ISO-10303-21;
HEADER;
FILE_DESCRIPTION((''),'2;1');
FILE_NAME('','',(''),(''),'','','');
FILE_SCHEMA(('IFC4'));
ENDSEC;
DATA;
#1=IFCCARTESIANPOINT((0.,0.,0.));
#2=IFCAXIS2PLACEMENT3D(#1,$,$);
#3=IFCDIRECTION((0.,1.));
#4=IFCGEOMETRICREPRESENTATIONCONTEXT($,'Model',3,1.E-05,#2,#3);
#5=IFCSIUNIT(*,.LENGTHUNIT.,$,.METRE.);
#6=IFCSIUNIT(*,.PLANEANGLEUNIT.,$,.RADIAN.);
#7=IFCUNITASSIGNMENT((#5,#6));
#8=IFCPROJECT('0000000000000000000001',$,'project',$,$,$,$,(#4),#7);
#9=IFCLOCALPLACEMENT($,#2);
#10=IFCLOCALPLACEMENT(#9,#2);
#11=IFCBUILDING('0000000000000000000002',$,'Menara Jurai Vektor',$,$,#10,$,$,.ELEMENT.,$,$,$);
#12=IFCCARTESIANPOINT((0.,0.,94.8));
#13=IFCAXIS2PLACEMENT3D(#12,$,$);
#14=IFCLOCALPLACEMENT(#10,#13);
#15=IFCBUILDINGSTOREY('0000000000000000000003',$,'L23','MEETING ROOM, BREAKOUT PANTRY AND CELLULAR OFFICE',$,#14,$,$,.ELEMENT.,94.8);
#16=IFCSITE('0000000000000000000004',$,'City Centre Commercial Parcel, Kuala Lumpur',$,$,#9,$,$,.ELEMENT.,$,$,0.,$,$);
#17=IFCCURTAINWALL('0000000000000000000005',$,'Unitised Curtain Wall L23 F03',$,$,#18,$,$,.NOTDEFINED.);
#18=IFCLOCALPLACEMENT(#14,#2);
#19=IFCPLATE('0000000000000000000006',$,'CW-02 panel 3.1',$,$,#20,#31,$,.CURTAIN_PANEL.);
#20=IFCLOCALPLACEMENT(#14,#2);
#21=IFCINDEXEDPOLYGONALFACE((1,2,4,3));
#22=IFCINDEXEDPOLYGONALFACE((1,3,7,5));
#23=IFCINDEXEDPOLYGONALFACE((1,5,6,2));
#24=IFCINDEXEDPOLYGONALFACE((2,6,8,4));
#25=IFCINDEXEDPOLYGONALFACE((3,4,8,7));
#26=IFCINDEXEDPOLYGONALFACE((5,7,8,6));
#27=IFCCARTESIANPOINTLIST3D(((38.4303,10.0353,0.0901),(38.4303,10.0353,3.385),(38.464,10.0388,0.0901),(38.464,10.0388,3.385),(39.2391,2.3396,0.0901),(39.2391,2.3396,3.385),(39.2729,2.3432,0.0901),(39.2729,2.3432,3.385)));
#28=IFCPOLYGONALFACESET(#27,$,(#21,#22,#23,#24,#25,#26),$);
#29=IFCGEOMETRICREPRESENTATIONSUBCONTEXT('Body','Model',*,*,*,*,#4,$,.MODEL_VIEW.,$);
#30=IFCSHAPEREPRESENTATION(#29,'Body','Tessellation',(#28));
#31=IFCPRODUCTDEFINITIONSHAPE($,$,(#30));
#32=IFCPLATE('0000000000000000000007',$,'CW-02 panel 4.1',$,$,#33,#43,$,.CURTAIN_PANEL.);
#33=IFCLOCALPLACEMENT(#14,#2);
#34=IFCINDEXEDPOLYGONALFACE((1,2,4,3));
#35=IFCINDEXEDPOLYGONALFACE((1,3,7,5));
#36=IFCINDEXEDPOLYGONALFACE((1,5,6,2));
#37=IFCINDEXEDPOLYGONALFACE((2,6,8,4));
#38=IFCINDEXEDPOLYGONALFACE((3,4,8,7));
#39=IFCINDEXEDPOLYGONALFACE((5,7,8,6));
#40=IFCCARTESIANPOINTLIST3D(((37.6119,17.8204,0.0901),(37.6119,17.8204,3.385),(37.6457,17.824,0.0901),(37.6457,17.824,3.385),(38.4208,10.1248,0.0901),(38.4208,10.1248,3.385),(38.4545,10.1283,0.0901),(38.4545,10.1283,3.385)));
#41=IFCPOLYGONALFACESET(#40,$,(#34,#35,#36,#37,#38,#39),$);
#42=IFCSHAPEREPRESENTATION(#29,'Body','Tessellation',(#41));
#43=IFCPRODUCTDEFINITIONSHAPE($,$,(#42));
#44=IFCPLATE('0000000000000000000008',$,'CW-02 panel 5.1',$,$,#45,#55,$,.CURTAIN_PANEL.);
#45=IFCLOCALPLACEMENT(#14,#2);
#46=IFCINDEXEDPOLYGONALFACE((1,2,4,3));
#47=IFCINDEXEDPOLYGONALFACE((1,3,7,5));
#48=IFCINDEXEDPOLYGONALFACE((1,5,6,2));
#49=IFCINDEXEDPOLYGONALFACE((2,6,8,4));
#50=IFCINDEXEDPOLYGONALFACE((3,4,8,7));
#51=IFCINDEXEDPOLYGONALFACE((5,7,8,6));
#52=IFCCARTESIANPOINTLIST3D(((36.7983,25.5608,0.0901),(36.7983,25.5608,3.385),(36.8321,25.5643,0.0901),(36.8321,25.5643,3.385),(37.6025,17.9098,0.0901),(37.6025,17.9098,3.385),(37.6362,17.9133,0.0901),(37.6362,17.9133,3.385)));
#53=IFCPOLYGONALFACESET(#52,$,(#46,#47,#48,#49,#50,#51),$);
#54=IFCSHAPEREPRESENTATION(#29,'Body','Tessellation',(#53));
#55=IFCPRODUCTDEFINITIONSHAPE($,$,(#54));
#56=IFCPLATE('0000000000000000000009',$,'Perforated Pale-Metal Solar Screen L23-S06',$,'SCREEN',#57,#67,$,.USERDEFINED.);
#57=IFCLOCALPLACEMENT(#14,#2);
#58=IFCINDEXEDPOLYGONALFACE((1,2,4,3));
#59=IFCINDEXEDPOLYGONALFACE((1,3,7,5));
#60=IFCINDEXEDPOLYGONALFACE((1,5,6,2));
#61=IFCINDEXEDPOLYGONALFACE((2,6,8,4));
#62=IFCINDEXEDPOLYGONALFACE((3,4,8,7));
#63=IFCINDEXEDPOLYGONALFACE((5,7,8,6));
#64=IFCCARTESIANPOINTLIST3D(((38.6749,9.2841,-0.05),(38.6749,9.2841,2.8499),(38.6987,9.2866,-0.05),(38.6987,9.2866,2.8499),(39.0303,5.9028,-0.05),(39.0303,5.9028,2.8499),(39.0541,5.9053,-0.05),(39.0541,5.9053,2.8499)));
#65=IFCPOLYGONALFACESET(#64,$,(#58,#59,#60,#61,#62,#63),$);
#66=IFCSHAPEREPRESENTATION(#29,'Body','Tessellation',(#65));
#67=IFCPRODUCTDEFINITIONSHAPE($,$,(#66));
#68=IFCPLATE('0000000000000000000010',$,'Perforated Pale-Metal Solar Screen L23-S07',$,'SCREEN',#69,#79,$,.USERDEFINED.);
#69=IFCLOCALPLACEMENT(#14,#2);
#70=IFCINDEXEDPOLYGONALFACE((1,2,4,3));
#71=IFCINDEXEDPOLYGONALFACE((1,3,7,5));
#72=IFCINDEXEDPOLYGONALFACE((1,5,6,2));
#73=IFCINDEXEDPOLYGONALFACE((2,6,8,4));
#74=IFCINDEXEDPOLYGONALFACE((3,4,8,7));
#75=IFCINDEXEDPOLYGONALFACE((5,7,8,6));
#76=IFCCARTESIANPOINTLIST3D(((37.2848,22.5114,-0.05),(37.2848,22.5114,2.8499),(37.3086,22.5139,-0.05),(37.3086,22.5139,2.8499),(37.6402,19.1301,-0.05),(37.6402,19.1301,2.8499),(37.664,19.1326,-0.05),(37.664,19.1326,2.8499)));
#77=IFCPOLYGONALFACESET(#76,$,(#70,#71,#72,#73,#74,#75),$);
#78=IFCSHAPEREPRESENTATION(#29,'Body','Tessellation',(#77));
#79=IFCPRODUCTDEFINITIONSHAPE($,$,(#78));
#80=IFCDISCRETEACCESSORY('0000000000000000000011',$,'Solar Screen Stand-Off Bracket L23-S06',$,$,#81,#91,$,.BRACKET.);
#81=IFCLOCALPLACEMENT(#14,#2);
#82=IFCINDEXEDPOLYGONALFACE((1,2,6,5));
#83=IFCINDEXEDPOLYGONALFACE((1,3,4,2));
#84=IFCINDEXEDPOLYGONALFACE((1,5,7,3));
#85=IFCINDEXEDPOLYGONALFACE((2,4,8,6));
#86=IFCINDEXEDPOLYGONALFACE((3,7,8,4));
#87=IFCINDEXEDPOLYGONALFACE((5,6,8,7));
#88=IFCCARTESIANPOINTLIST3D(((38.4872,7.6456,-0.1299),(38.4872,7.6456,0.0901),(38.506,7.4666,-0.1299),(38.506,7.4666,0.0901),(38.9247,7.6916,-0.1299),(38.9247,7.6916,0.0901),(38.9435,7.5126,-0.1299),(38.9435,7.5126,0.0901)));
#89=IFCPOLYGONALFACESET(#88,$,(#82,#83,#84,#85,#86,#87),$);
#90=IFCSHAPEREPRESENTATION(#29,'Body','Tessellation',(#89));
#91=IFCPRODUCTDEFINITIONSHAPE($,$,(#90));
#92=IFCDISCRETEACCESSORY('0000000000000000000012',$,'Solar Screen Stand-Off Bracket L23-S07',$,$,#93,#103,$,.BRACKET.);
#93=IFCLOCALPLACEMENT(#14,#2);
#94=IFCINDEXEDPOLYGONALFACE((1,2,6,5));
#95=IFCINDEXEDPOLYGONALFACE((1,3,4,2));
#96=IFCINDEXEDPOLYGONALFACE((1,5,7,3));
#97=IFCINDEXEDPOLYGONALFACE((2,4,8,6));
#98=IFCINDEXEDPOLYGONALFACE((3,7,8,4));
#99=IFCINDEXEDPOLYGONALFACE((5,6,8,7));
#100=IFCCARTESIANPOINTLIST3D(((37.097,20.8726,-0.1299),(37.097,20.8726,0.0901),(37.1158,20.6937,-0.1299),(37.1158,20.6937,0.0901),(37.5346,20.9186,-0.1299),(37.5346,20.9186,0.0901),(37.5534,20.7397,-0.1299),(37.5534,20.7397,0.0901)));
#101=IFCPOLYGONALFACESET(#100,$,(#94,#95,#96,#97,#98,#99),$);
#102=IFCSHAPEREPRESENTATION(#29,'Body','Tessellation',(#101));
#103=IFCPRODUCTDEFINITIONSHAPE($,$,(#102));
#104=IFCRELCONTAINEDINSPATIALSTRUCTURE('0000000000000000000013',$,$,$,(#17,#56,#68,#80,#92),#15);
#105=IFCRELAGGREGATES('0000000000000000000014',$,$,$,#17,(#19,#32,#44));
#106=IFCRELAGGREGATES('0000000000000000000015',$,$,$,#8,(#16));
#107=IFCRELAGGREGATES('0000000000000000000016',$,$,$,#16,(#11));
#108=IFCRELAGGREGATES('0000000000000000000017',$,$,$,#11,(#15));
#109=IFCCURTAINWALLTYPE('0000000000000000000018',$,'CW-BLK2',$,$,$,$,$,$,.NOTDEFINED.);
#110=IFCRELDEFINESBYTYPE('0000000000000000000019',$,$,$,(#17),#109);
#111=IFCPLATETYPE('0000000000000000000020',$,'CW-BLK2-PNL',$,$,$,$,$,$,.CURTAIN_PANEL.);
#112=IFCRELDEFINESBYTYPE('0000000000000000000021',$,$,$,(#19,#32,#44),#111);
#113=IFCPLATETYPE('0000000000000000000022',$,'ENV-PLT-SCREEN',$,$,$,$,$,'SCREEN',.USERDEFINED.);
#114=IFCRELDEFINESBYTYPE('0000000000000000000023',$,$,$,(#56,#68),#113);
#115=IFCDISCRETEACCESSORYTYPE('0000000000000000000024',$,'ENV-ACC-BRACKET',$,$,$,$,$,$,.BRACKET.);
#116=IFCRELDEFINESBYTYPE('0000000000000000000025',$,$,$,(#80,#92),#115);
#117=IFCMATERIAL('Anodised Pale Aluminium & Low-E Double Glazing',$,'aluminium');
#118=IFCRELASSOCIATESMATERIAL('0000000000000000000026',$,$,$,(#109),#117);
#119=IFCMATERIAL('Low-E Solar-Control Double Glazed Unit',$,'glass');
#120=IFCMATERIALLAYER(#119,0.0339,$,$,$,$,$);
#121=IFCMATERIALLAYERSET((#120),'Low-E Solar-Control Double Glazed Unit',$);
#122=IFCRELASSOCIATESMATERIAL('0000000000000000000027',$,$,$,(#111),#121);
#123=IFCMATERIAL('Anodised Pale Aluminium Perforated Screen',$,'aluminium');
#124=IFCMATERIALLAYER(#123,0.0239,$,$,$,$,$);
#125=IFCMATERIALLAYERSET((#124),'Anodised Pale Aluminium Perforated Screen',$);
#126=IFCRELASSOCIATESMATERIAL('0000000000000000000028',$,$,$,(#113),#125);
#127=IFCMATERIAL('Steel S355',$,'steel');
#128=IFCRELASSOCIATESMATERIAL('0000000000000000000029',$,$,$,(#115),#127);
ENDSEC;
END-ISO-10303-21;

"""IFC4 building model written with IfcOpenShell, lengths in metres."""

from ifc_helpers import new_model, si_unit, direction, frame, origin, origin_2d, place, context, subcontext, project, spatial, rectangle, extrude, material, layer, layer_set, type_object, element, aggregate, save


model = new_model("IFC4")

# Units and contexts
model_context = context("Model", 3, precision=1e-05, world=origin(), true_north=direction((0.0, 1.0)))
body_context = subcontext(model_context, "Body", "Model", "MODEL_VIEW")
ifc_project = project(units=[si_unit("LENGTHUNIT", "METRE"), si_unit("PLANEANGLEUNIT", "RADIAN")], contexts=[model_context])

# Site, building, storey
site_placement = place(None, origin())
site = spatial("IfcSite", under=ifc_project, at=site_placement, Name="City Centre Commercial Parcel, Kuala Lumpur", CompositionType="ELEMENT", RefElevation=0.0)
building_placement = place(site_placement, origin())
building = spatial("IfcBuilding", under=site, at=building_placement, Name="Menara Jurai Vektor", CompositionType="ELEMENT")
storey_placement = place(building_placement, frame((0.0, 0.0, 94.8)))
storey = spatial("IfcBuildingStorey", under=building, at=storey_placement, Name="L23", Description="MEETING ROOM, BREAKOUT PANTRY AND CELLULAR OFFICE", CompositionType="ELEMENT", Elevation=94.8)

# Curtain wall
ifc_material_1 = material(Name="Anodised Pale Aluminium & Low-E Double Glazing", Category="aluminium")
curtain_wall_type = type_object("IfcCurtainWallType", Name="CW-BLK2", PredefinedType="NOTDEFINED", material=ifc_material_1)
curtain_wall_placement = place(storey_placement, origin())
curtain_wall = element("IfcCurtainWall", 1, at=curtain_wall_placement, inside=storey, type_object=curtain_wall_type, Name="Unitised Curtain Wall L23 F03", PredefinedType="NOTDEFINED")

# Shared definitions
ifc_material_2 = material(Name="Steel S355", Category="steel")

# Plates
ifc_material_3 = material(Name="Low-E Solar-Control Double Glazed Unit", Category="glass")
ifc_layer_1 = layer(ifc_material_3, 0.0339)
ifc_layer_set_1 = layer_set([ifc_layer_1], Name="Low-E Solar-Control Double Glazed Unit")
plate_type_1 = type_object("IfcPlateType", Name="CW-BLK2-PNL", PredefinedType="CURTAIN_PANEL", material=ifc_layer_set_1)
plate_1_placement = place(storey_placement, frame((38.8516, 6.1892, 0.0901), z_axis=(0.0, 0.0, 1.0), x_axis=(-0.10453, 0.994522, 0.0)))
plate_1 = element("IfcPlate", 2, at=plate_1_placement, type_object=plate_type_1, Name="CW-02 panel 3.1", PredefinedType="CURTAIN_PANEL", context=body_context, shape_type="SweptSolid", body=[
    extrude(rectangle(XDim=7.738, YDim=0.0339, at=origin_2d()), origin(), (0.0, 0.0, 1.0), 3.2949),
])
plate_2_placement = place(storey_placement, frame((38.0332, 13.9744, 0.0901), z_axis=(0.0, 0.0, 1.0), x_axis=(-0.10453, 0.994522, 0.0)))
plate_2 = element("IfcPlate", 3, at=plate_2_placement, type_object=plate_type_1, Name="CW-02 panel 4.1", PredefinedType="CURTAIN_PANEL", context=body_context, shape_type="SweptSolid", body=[
    extrude(rectangle(XDim=7.738, YDim=0.0339, at=origin_2d()), origin(), (0.0, 0.0, 1.0), 3.2949),
])
plate_3_placement = place(storey_placement, frame((37.2173, 21.7371, 0.0901), z_axis=(0.0, 0.0, 1.0), x_axis=(-0.10453, 0.994522, 0.0)))
plate_3 = element("IfcPlate", 4, at=plate_3_placement, type_object=plate_type_1, Name="CW-02 panel 5.1", PredefinedType="CURTAIN_PANEL", context=body_context, shape_type="SweptSolid", body=[
    extrude(rectangle(XDim=7.6931, YDim=0.0339, at=origin_2d()), origin(), (0.0, 0.0, 1.0), 3.2949),
])
aggregate(curtain_wall, [plate_1, plate_2, plate_3])

# Plates
ifc_material_4 = material(Name="Anodised Pale Aluminium Perforated Screen", Category="aluminium")
ifc_layer_2 = layer(ifc_material_4, 0.0239)
ifc_layer_set_2 = layer_set([ifc_layer_2], Name="Anodised Pale Aluminium Perforated Screen")
plate_type_2 = type_object("IfcPlateType", Name="ENV-PLT-SCREEN", ElementType="SCREEN", PredefinedType="USERDEFINED", material=ifc_layer_set_2)
for number, where, z_axis, x_axis, name in (
    (5, (38.8645, 7.5947, -0.05), (0.0, 0.0, 1.0), (-0.104528, 0.994522, 0.0), "Perforated Pale-Metal Solar Screen L23-S06"),
    (6, (37.4744, 20.822, -0.05), (0.0, 0.0, 1.0), (-0.104528, 0.994522, 0.0), "Perforated Pale-Metal Solar Screen L23-S07"),
):
    element("IfcPlate", number, at=place(storey_placement, frame(where, z_axis=z_axis, x_axis=x_axis)), inside=storey, type_object=plate_type_2, Name=name, ObjectType="SCREEN", PredefinedType="USERDEFINED", context=body_context, shape_type="SweptSolid", body=[
        extrude(rectangle(XDim=3.3999, YDim=0.0239, at=origin_2d()), origin(), (0.0, 0.0, 1.0), 2.8999),
    ])

# Discrete accessories
discrete_accessory_type = type_object("IfcDiscreteAccessoryType", Name="ENV-ACC-BRACKET", PredefinedType="BRACKET", material=ifc_material_2)
for number, where, z_axis, x_axis, name in (
    (7, (38.7153, 7.5791, -0.1299), (0.0, 0.0, 1.0), (-0.104528, 0.994522, 0.0), "Solar Screen Stand-Off Bracket L23-S06"),
    (8, (37.3252, 20.8062, -0.1299), (0.0, 0.0, 1.0), (-0.104528, 0.994522, 0.0), "Solar Screen Stand-Off Bracket L23-S07"),
):
    element("IfcDiscreteAccessory", number, at=place(storey_placement, frame(where, z_axis=z_axis, x_axis=x_axis)), inside=storey, type_object=discrete_accessory_type, Name=name, PredefinedType="BRACKET", context=body_context, shape_type="SweptSolid", body=[
        extrude(rectangle(XDim=0.1799, YDim=0.4399, at=origin_2d()), origin(), (0.0, 0.0, 1.0), 0.22),
    ])

save(model, "model.ifc")
